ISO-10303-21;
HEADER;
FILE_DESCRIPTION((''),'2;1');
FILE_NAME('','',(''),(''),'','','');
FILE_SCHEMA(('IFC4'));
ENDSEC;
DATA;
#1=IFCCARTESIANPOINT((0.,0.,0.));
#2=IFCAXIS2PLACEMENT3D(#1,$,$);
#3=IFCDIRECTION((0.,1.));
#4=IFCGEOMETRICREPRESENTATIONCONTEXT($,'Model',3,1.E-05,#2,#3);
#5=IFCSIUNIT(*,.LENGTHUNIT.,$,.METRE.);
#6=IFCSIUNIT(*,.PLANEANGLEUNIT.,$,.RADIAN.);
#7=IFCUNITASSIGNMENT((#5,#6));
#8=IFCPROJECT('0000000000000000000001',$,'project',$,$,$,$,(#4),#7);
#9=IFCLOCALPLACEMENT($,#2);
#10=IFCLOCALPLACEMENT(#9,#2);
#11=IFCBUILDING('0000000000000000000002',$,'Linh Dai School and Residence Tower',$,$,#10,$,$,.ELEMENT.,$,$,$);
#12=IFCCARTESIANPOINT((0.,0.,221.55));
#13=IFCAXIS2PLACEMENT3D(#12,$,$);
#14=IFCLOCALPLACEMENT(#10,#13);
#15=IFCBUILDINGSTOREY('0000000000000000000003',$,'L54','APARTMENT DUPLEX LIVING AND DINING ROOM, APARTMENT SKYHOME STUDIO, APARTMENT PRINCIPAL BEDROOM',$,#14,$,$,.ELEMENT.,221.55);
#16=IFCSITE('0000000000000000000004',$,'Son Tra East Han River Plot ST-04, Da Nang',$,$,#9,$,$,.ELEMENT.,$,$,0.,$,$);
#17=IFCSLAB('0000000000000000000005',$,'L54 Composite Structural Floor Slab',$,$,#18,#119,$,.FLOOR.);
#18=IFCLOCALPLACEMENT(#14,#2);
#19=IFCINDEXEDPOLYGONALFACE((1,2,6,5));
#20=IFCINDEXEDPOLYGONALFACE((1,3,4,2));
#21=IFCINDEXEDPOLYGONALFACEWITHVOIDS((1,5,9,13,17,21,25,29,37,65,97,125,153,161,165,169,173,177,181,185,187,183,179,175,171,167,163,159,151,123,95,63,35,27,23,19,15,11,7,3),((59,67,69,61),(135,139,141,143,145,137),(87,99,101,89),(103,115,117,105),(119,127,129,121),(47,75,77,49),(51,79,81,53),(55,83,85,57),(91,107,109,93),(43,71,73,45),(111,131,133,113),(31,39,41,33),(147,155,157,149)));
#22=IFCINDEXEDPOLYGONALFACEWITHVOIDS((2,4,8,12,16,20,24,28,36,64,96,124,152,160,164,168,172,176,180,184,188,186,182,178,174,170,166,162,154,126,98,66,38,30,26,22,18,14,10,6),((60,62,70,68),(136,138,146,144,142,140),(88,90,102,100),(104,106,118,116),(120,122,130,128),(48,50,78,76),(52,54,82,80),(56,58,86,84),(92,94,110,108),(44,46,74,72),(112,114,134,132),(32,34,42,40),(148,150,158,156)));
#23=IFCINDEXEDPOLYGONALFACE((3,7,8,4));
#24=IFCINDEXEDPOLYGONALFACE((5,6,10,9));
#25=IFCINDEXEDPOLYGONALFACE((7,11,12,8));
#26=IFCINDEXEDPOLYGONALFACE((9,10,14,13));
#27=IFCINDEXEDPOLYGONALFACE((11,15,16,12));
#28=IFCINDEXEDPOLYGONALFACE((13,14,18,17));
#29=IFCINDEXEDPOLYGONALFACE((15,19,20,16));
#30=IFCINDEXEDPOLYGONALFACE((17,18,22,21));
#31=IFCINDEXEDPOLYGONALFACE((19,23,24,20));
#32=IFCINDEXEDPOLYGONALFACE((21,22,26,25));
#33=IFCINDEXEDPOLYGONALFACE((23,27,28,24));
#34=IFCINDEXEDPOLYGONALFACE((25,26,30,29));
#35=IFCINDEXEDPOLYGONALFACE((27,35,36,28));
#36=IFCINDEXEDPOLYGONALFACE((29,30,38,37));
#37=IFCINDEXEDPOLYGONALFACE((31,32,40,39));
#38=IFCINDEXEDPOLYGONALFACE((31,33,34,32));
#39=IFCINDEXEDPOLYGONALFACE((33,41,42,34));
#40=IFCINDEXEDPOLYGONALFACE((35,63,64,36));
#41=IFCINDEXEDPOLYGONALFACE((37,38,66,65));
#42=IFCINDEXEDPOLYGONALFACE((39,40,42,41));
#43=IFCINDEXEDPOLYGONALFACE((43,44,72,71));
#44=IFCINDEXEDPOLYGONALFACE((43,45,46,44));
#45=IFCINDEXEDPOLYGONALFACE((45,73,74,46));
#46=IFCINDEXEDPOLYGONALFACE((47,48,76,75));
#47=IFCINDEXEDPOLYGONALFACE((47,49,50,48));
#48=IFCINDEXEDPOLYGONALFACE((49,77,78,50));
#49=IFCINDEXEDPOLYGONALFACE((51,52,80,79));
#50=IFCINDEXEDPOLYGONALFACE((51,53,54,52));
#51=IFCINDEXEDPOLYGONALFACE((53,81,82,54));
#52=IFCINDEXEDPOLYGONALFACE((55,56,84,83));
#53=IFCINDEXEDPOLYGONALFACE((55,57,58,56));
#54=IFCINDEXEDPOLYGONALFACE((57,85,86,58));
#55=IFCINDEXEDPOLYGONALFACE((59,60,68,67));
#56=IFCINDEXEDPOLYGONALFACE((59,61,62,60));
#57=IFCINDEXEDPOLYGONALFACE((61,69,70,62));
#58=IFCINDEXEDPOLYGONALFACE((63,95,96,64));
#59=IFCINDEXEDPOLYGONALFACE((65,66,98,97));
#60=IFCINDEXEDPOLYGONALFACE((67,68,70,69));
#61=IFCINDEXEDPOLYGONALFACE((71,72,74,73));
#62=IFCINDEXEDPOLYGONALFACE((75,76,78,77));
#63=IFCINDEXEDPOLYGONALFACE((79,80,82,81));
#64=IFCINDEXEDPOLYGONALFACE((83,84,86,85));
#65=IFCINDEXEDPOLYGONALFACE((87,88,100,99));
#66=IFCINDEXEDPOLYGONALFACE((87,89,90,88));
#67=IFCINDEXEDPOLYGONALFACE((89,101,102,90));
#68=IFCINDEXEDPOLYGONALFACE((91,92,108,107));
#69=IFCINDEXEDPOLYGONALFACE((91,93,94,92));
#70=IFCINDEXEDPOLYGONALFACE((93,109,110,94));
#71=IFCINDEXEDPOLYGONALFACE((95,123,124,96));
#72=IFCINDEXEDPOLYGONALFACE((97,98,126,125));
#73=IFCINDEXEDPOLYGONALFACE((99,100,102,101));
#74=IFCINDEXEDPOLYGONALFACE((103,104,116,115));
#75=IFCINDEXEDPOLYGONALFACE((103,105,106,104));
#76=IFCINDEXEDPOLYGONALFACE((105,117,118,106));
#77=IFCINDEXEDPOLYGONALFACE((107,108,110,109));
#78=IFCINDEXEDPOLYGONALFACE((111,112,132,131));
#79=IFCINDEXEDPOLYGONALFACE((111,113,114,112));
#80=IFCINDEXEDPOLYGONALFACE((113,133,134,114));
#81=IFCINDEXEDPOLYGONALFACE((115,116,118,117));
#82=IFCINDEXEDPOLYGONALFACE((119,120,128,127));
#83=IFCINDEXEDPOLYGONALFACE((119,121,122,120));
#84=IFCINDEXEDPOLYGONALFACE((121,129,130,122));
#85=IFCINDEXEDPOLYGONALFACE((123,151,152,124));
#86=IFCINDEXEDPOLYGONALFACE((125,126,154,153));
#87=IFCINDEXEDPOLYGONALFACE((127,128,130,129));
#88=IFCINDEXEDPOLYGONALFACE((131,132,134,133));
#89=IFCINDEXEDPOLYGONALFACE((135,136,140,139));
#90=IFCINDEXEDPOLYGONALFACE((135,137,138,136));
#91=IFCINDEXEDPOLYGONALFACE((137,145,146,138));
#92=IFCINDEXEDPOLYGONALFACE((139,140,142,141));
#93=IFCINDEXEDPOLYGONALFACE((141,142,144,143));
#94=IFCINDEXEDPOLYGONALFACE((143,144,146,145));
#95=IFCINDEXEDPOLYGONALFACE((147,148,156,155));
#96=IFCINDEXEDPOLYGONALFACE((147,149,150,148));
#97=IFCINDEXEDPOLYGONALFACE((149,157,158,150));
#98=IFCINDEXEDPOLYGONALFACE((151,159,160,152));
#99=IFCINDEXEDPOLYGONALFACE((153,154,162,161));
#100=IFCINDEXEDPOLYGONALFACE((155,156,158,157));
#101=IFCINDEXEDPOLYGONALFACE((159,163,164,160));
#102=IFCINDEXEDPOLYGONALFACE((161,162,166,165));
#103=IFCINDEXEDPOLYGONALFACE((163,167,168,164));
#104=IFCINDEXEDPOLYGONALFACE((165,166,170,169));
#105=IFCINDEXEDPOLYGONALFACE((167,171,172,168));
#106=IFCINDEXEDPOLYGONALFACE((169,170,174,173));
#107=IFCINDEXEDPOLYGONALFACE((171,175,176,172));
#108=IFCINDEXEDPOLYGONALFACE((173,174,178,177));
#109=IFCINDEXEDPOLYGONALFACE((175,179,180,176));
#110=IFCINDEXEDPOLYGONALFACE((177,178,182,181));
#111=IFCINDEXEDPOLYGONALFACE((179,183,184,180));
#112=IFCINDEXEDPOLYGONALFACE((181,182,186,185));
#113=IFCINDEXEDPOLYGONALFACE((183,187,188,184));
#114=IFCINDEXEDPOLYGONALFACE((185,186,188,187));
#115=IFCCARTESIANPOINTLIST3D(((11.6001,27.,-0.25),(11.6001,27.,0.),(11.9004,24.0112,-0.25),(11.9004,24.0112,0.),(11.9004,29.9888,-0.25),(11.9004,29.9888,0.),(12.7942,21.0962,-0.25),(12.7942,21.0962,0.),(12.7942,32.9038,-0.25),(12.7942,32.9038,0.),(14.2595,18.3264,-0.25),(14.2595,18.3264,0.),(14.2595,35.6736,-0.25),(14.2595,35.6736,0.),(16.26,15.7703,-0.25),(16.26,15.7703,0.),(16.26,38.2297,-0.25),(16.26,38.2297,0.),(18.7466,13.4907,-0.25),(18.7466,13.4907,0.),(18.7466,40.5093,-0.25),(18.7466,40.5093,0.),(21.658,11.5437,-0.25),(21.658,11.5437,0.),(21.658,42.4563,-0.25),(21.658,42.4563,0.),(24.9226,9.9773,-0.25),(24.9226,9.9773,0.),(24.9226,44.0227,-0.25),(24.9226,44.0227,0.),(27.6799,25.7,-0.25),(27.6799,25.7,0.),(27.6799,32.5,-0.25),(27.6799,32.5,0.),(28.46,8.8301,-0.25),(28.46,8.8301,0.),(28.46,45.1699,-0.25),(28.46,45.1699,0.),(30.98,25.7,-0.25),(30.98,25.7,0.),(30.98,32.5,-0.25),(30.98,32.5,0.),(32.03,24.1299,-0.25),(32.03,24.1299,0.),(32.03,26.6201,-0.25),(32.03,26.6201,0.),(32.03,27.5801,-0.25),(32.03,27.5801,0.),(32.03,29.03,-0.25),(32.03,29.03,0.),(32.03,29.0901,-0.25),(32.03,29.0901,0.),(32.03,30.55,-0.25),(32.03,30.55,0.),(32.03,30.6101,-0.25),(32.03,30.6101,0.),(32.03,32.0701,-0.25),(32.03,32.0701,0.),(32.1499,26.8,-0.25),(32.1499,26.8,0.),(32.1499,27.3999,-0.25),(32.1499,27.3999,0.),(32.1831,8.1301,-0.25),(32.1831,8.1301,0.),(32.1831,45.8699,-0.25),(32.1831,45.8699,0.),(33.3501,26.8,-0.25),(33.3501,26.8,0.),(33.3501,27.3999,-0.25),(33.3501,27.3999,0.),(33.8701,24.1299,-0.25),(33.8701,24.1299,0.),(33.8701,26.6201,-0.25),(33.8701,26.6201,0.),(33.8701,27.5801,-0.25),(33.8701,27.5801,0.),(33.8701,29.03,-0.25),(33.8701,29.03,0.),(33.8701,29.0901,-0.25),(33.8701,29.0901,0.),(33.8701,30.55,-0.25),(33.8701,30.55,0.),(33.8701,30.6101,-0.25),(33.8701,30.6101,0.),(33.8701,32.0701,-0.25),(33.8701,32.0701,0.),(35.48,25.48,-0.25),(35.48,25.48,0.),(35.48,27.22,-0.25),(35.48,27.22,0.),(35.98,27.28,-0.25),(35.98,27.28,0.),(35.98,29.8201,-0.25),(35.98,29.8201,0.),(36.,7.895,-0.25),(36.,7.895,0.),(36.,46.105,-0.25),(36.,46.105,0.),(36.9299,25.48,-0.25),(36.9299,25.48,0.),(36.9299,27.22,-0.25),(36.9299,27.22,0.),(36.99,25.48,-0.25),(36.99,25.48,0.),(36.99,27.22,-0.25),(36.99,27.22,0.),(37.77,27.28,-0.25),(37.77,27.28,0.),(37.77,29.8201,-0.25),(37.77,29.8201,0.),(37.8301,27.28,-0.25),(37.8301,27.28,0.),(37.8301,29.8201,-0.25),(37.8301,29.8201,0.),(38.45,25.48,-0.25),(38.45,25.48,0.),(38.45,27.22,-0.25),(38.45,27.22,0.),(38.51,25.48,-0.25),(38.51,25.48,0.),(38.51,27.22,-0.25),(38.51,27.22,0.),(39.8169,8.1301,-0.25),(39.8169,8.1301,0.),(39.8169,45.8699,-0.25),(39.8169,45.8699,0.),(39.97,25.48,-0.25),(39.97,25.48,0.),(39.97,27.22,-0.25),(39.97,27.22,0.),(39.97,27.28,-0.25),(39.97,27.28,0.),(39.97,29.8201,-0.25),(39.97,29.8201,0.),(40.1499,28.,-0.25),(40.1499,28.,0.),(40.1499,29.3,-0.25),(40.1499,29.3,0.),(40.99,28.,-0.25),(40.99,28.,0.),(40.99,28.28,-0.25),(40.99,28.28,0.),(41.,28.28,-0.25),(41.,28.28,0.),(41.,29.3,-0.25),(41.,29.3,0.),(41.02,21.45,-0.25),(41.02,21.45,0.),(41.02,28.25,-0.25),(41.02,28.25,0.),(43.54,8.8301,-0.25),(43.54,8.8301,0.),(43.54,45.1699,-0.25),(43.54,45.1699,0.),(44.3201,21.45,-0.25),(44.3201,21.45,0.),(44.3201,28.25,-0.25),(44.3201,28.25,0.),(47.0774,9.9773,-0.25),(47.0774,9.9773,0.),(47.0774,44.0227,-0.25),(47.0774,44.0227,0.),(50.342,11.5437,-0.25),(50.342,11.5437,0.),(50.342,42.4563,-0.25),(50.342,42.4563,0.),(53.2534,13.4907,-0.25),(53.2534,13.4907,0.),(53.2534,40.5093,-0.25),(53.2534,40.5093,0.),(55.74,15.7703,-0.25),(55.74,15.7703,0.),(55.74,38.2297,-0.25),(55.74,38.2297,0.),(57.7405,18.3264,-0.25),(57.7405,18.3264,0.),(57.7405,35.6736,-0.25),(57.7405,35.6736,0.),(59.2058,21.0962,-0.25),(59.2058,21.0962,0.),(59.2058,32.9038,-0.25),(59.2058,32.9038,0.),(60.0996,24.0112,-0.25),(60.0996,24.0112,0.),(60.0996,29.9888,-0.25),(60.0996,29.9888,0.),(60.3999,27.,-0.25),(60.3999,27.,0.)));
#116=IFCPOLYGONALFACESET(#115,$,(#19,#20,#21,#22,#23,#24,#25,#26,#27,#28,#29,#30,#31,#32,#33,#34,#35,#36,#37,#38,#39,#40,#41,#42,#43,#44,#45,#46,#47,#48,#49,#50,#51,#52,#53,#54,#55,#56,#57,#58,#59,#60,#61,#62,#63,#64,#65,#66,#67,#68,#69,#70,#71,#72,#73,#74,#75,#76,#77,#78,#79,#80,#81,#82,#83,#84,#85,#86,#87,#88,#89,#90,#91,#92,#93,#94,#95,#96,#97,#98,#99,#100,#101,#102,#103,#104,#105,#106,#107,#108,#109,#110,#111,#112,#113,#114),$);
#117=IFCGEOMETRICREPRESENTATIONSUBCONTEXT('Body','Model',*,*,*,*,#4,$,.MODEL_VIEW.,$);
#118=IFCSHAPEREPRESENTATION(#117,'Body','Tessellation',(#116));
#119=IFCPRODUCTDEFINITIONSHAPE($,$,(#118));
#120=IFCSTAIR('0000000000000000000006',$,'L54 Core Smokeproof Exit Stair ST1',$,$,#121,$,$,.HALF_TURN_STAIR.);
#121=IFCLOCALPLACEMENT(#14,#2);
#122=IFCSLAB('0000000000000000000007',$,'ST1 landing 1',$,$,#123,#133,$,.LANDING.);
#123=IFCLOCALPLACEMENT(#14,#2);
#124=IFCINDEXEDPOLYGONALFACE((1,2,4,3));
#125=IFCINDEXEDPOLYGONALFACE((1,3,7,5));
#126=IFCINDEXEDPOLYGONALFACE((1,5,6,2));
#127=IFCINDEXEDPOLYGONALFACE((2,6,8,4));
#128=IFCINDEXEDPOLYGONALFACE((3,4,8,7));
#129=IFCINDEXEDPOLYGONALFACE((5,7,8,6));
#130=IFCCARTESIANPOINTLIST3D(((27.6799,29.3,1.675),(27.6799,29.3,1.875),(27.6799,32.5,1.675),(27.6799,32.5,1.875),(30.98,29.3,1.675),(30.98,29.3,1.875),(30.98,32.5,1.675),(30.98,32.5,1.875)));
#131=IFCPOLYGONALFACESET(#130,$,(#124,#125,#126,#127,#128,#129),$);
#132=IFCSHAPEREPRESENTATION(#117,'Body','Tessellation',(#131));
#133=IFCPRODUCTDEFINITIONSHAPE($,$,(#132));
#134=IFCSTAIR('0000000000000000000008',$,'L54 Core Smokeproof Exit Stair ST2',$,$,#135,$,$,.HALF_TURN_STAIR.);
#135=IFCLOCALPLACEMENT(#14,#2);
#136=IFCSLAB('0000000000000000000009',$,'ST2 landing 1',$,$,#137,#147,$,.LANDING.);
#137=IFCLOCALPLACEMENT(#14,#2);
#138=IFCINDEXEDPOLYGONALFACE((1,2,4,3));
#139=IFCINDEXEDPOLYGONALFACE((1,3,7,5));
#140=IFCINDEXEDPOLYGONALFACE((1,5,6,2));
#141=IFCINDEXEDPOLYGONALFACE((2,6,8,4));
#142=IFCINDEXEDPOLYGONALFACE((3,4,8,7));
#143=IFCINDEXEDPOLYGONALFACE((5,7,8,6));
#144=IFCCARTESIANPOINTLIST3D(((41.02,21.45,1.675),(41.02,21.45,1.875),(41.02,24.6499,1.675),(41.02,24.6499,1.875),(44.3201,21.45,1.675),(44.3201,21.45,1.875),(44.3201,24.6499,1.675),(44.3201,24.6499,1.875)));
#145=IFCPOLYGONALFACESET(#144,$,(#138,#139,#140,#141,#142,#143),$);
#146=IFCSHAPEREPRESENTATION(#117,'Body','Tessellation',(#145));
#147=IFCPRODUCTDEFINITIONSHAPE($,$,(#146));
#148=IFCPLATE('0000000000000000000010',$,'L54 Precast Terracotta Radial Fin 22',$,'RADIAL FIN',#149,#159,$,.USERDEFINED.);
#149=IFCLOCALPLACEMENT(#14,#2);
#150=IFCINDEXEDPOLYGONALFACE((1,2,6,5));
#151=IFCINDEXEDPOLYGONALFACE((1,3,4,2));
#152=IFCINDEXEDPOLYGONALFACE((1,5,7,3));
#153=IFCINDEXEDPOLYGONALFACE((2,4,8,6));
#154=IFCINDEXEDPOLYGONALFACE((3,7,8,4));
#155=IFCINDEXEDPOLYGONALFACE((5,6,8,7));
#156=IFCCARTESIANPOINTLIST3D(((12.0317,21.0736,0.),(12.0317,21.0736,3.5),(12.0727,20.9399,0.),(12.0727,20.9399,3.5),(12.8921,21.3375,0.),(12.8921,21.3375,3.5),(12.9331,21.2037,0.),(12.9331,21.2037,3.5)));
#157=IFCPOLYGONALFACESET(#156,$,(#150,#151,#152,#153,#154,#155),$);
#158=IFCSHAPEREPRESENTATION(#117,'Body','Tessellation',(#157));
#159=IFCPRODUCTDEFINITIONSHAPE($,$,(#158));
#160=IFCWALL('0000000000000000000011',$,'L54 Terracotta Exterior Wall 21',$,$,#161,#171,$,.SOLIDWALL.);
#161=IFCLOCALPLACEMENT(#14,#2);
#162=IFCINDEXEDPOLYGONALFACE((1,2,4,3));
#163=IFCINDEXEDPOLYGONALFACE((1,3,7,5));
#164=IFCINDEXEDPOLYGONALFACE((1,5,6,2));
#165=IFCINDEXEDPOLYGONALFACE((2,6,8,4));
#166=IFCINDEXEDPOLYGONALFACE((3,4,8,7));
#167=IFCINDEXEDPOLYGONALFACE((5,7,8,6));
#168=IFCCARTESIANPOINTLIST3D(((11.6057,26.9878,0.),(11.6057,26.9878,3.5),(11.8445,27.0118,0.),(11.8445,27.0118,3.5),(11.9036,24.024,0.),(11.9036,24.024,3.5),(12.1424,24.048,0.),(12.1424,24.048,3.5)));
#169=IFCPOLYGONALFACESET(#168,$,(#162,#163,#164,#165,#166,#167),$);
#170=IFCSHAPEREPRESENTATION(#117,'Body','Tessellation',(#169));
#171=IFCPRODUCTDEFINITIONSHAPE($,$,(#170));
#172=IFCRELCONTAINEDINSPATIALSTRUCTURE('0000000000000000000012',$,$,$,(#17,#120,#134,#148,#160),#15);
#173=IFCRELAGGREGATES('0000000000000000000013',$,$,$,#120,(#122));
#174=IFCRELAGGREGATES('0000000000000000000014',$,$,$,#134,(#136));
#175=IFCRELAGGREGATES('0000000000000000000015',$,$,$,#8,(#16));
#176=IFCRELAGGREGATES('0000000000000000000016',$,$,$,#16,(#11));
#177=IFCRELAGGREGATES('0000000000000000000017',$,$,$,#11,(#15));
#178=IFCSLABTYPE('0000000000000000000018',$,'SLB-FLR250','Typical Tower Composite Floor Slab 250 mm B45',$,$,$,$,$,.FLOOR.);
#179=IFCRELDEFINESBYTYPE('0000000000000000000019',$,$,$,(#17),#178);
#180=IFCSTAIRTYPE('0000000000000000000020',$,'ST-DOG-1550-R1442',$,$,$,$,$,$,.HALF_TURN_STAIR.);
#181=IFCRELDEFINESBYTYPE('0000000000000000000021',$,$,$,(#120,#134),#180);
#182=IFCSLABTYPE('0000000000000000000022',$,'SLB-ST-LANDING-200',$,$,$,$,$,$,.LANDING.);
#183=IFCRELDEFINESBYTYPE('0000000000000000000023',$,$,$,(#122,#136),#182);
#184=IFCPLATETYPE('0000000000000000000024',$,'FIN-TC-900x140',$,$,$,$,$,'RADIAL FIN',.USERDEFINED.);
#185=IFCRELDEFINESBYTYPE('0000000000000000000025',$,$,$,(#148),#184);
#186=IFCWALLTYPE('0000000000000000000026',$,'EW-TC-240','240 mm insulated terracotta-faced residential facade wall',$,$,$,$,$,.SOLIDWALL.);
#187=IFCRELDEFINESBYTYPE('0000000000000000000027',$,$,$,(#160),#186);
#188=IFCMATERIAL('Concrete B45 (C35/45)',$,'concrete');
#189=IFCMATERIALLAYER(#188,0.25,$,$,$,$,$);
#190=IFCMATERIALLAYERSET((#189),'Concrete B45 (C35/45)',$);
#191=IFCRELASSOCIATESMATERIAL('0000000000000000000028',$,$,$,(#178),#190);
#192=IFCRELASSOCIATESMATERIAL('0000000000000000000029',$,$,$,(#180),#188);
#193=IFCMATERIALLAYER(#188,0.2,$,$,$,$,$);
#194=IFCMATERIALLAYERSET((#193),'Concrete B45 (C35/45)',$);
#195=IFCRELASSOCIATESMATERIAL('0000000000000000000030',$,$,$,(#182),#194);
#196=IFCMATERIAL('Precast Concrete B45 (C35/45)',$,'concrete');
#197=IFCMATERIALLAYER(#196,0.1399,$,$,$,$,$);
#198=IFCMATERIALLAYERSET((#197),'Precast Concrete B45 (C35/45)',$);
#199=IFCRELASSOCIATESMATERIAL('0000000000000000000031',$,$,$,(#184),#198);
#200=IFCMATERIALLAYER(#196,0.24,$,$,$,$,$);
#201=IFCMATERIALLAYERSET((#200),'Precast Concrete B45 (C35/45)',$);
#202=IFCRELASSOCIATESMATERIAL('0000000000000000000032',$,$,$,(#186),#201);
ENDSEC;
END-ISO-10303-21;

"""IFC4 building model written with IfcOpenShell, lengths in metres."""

from ifc_helpers import new_model, si_unit, direction, frame, frame_2d, origin, origin_2d, place, context, subcontext, project, spatial, polyline, rectangle, outline, extrude, source, transform, mapped, material, layer, layer_set, type_object, element, aggregate, save


model = new_model("IFC4")

# Units and contexts
model_context = context("Model", 3, precision=1e-05, world=origin(), true_north=direction((0.0, 1.0)))
body_context = subcontext(model_context, "Body", "Model", "MODEL_VIEW")
ifc_project = project(units=[si_unit("LENGTHUNIT", "METRE"), si_unit("PLANEANGLEUNIT", "RADIAN")], contexts=[model_context])

# Site, building, storey
site_placement = place(None, origin())
site = spatial("IfcSite", under=ifc_project, at=site_placement, Name="Son Tra East Han River Plot ST-04, Da Nang", CompositionType="ELEMENT", RefElevation=0.0)
building_placement = place(site_placement, origin())
building = spatial("IfcBuilding", under=site, at=building_placement, Name="Linh Dai School and Residence Tower", CompositionType="ELEMENT")
storey_placement = place(building_placement, frame((0.0, 0.0, 221.55)))
storey = spatial("IfcBuildingStorey", under=building, at=storey_placement, Name="L54", Description="APARTMENT DUPLEX LIVING AND DINING ROOM, APARTMENT SKYHOME STUDIO, APARTMENT PRINCIPAL BEDROOM", CompositionType="ELEMENT", Elevation=221.55)

# Slab
ifc_material_1 = material(Name="Concrete B45 (C35/45)", Category="concrete")
ifc_layer_1 = layer(ifc_material_1, 0.25)
ifc_layer_set_1 = layer_set([ifc_layer_1], Name="Concrete B45 (C35/45)")
slab_type_1 = type_object("IfcSlabType", Name="SLB-FLR250", Description="Typical Tower Composite Floor Slab 250 mm B45", PredefinedType="FLOOR", material=ifc_layer_set_1)
slab_1_placement = place(storey_placement, frame((0.0, 0.0, -0.25)))
element("IfcSlab", 1, at=slab_1_placement, inside=storey, type_object=slab_type_1, Name="L54 Composite Structural Floor Slab", PredefinedType="FLOOR", context=body_context, shape_type="SweptSolid", body=[
    extrude(outline(polyline([(60.3999, 27.0), (60.0996, 29.9888), (59.2058, 32.9038), (57.7405, 35.6736), (55.74, 38.2297), (53.2534, 40.5093), (50.342, 42.4563), (47.0774, 44.0227), (43.54, 45.1699), (39.8169, 45.8699), (36.0, 46.105), (32.1831, 45.8699), (28.46, 45.1699), (24.9226, 44.0227), (21.658, 42.4563), (18.7466, 40.5093), (16.26, 38.2297), (14.2595, 35.6736), (12.7942, 32.9038), (11.9004, 29.9888), (11.6001, 27.0), (11.9004, 24.0112), (12.7942, 21.0962), (14.2595, 18.3264), (16.26, 15.7703), (18.7466, 13.4907), (21.658, 11.5437), (24.9226, 9.9773), (28.46, 8.8301), (32.1831, 8.1301), (36.0, 7.895), (39.8169, 8.1301), (43.54, 8.8301), (47.0774, 9.9773), (50.342, 11.5437), (53.2534, 13.4907), (55.74, 15.7703), (57.7405, 18.3264), (59.2058, 21.0962), (60.0996, 24.0112), (60.3999, 27.0)]), holes=[polyline([(30.98, 25.7), (30.98, 32.5), (27.6799, 32.5), (27.6799, 25.7), (30.98, 25.7)]), polyline([(41.02, 28.25), (41.02, 21.45), (44.3201, 21.45), (44.3201, 28.25), (41.02, 28.25)]), polyline([(35.98, 27.28), (37.77, 27.28), (37.77, 29.8201), (35.98, 29.8201), (35.98, 27.28)]), polyline([(32.03, 24.1299), (33.8701, 24.1299), (33.8701, 26.6201), (32.03, 26.6201), (32.03, 24.1299)]), polyline([(37.8301, 27.28), (39.97, 27.28), (39.97, 29.8201), (37.8301, 29.8201), (37.8301, 27.28)]), polyline([(32.03, 27.5801), (33.8701, 27.5801), (33.8701, 29.03), (32.03, 29.03), (32.03, 27.5801)]), polyline([(32.03, 29.0901), (33.8701, 29.0901), (33.8701, 30.55), (32.03, 30.55), (32.03, 29.0901)]), polyline([(32.03, 30.6101), (33.8701, 30.6101), (33.8701, 32.0701), (32.03, 32.0701), (32.03, 30.6101)]), polyline([(35.48, 25.48), (36.9299, 25.48), (36.9299, 27.22), (35.48, 27.22), (35.48, 25.48)]), polyline([(36.99, 25.48), (38.45, 25.48), (38.45, 27.22), (36.99, 27.22), (36.99, 25.48)]), polyline([(38.51, 25.48), (39.97, 25.48), (39.97, 27.22), (38.51, 27.22), (38.51, 25.48)]), polyline([(40.1499, 28.0), (40.1499, 29.3), (41.0, 29.3), (41.0, 28.28), (40.99, 28.28), (40.99, 28.0), (40.1499, 28.0)]), polyline([(32.1499, 26.8), (33.3501, 26.8), (33.3501, 27.3999), (32.1499, 27.3999), (32.1499, 26.8)])]), origin(), (0.0, 0.0, 1.0), 0.25),
])

# Stairs, slabs
stair_type = type_object("IfcStairType", Name="ST-DOG-1550-R1442", PredefinedType="HALF_TURN_STAIR", material=ifc_material_1)
stair_1_placement = place(storey_placement, origin())
stair_1 = element("IfcStair", 2, at=stair_1_placement, inside=storey, type_object=stair_type, Name="L54 Core Smokeproof Exit Stair ST1", PredefinedType="HALF_TURN_STAIR")
ifc_layer_2 = layer(ifc_material_1, 0.2)
ifc_layer_set_2 = layer_set([ifc_layer_2], Name="Concrete B45 (C35/45)")
slab_type_2 = type_object("IfcSlabType", Name="SLB-ST-LANDING-200", PredefinedType="LANDING", material=ifc_layer_set_2)
slab_2_placement = place(storey_placement, frame((0.0, 0.0, 1.675)))
slab_2 = element("IfcSlab", 3, at=slab_2_placement, type_object=slab_type_2, Name="ST1 landing 1", PredefinedType="LANDING", context=body_context, shape_type="SweptSolid", body=[
    extrude(outline(polyline([(30.98, 29.3), (30.98, 32.5), (27.6799, 32.5), (27.6799, 29.3), (30.98, 29.3)])), origin(), (0.0, 0.0, 1.0), 0.2),
])
aggregate(stair_1, [slab_2])
stair_2_placement = place(storey_placement, origin())
stair_2 = element("IfcStair", 4, at=stair_2_placement, inside=storey, type_object=stair_type, Name="L54 Core Smokeproof Exit Stair ST2", PredefinedType="HALF_TURN_STAIR")
slab_3_placement = place(storey_placement, frame((0.0, 0.0, 1.675)))
slab_3 = element("IfcSlab", 5, at=slab_3_placement, type_object=slab_type_2, Name="ST2 landing 1", PredefinedType="LANDING", context=body_context, shape_type="SweptSolid", body=[
    extrude(outline(polyline([(41.02, 24.6499), (41.02, 21.45), (44.3201, 21.45), (44.3201, 24.6499), (41.02, 24.6499)])), origin(), (0.0, 0.0, 1.0), 0.2),
])
aggregate(stair_2, [slab_3])

# Plate
ifc_material_2 = material(Name="Precast Concrete B45 (C35/45)", Category="concrete")
ifc_layer_3 = layer(ifc_material_2, 0.1399)
ifc_layer_set_3 = layer_set([ifc_layer_3], Name="Precast Concrete B45 (C35/45)")
plate_type = type_object("IfcPlateType", Name="FIN-TC-900x140", ElementType="RADIAL FIN", PredefinedType="USERDEFINED", material=ifc_layer_set_3)
shared_shape_1 = source(origin(), body_context, "Body", "SweptSolid", [
    extrude(rectangle(XDim=0.8999, YDim=0.1399, at=origin_2d()), origin(), (0.0, 0.0, 1.0), 3.5),
])
plate_placement = place(storey_placement, frame((12.4824, 21.1387, 0.0), z_axis=(0.0, 0.0, 1.0), x_axis=(-0.956064, -0.293157, 0.0)))
element("IfcPlate", 6, at=plate_placement, inside=storey, type_object=plate_type, Name="L54 Precast Terracotta Radial Fin 22", ObjectType="RADIAL FIN", PredefinedType="USERDEFINED", context=body_context, shape_type="MappedRepresentation", body=[
    mapped(shared_shape_1, transform((0.0, 0.0, 0.0), x_axis=(1.0, 0.0, 0.0), y_axis=(0.0, 1.0, 0.0), z_axis=(0.0, 0.0, 1.0), scale=1.0)),
])

# Wall
ifc_layer_4 = layer(ifc_material_2, 0.24)
ifc_layer_set_4 = layer_set([ifc_layer_4], Name="Precast Concrete B45 (C35/45)")
wall_type_1 = type_object("IfcWallType", Name="EW-TC-240", Description="240 mm insulated terracotta-faced residential facade wall", PredefinedType="SOLIDWALL", material=ifc_layer_set_4)
wall_1_placement = place(storey_placement, frame((12.0229, 24.0361, 0.0), z_axis=(0.0, 0.0, 1.0), x_axis=(-0.099991, 0.994988, 0.0)))
element("IfcWall", 7, at=wall_1_placement, inside=storey, type_object=wall_type_1, Name="L54 Terracotta Exterior Wall 21", PredefinedType="SOLIDWALL", context=body_context, shape_type="SweptSolid", body=[
    extrude(rectangle(XDim=2.9788, YDim=0.24, at=frame_2d((1.4893, 0.0))), origin(), (0.0, 0.0, 1.0), 3.5),
])

save(model, "model.ifc")
